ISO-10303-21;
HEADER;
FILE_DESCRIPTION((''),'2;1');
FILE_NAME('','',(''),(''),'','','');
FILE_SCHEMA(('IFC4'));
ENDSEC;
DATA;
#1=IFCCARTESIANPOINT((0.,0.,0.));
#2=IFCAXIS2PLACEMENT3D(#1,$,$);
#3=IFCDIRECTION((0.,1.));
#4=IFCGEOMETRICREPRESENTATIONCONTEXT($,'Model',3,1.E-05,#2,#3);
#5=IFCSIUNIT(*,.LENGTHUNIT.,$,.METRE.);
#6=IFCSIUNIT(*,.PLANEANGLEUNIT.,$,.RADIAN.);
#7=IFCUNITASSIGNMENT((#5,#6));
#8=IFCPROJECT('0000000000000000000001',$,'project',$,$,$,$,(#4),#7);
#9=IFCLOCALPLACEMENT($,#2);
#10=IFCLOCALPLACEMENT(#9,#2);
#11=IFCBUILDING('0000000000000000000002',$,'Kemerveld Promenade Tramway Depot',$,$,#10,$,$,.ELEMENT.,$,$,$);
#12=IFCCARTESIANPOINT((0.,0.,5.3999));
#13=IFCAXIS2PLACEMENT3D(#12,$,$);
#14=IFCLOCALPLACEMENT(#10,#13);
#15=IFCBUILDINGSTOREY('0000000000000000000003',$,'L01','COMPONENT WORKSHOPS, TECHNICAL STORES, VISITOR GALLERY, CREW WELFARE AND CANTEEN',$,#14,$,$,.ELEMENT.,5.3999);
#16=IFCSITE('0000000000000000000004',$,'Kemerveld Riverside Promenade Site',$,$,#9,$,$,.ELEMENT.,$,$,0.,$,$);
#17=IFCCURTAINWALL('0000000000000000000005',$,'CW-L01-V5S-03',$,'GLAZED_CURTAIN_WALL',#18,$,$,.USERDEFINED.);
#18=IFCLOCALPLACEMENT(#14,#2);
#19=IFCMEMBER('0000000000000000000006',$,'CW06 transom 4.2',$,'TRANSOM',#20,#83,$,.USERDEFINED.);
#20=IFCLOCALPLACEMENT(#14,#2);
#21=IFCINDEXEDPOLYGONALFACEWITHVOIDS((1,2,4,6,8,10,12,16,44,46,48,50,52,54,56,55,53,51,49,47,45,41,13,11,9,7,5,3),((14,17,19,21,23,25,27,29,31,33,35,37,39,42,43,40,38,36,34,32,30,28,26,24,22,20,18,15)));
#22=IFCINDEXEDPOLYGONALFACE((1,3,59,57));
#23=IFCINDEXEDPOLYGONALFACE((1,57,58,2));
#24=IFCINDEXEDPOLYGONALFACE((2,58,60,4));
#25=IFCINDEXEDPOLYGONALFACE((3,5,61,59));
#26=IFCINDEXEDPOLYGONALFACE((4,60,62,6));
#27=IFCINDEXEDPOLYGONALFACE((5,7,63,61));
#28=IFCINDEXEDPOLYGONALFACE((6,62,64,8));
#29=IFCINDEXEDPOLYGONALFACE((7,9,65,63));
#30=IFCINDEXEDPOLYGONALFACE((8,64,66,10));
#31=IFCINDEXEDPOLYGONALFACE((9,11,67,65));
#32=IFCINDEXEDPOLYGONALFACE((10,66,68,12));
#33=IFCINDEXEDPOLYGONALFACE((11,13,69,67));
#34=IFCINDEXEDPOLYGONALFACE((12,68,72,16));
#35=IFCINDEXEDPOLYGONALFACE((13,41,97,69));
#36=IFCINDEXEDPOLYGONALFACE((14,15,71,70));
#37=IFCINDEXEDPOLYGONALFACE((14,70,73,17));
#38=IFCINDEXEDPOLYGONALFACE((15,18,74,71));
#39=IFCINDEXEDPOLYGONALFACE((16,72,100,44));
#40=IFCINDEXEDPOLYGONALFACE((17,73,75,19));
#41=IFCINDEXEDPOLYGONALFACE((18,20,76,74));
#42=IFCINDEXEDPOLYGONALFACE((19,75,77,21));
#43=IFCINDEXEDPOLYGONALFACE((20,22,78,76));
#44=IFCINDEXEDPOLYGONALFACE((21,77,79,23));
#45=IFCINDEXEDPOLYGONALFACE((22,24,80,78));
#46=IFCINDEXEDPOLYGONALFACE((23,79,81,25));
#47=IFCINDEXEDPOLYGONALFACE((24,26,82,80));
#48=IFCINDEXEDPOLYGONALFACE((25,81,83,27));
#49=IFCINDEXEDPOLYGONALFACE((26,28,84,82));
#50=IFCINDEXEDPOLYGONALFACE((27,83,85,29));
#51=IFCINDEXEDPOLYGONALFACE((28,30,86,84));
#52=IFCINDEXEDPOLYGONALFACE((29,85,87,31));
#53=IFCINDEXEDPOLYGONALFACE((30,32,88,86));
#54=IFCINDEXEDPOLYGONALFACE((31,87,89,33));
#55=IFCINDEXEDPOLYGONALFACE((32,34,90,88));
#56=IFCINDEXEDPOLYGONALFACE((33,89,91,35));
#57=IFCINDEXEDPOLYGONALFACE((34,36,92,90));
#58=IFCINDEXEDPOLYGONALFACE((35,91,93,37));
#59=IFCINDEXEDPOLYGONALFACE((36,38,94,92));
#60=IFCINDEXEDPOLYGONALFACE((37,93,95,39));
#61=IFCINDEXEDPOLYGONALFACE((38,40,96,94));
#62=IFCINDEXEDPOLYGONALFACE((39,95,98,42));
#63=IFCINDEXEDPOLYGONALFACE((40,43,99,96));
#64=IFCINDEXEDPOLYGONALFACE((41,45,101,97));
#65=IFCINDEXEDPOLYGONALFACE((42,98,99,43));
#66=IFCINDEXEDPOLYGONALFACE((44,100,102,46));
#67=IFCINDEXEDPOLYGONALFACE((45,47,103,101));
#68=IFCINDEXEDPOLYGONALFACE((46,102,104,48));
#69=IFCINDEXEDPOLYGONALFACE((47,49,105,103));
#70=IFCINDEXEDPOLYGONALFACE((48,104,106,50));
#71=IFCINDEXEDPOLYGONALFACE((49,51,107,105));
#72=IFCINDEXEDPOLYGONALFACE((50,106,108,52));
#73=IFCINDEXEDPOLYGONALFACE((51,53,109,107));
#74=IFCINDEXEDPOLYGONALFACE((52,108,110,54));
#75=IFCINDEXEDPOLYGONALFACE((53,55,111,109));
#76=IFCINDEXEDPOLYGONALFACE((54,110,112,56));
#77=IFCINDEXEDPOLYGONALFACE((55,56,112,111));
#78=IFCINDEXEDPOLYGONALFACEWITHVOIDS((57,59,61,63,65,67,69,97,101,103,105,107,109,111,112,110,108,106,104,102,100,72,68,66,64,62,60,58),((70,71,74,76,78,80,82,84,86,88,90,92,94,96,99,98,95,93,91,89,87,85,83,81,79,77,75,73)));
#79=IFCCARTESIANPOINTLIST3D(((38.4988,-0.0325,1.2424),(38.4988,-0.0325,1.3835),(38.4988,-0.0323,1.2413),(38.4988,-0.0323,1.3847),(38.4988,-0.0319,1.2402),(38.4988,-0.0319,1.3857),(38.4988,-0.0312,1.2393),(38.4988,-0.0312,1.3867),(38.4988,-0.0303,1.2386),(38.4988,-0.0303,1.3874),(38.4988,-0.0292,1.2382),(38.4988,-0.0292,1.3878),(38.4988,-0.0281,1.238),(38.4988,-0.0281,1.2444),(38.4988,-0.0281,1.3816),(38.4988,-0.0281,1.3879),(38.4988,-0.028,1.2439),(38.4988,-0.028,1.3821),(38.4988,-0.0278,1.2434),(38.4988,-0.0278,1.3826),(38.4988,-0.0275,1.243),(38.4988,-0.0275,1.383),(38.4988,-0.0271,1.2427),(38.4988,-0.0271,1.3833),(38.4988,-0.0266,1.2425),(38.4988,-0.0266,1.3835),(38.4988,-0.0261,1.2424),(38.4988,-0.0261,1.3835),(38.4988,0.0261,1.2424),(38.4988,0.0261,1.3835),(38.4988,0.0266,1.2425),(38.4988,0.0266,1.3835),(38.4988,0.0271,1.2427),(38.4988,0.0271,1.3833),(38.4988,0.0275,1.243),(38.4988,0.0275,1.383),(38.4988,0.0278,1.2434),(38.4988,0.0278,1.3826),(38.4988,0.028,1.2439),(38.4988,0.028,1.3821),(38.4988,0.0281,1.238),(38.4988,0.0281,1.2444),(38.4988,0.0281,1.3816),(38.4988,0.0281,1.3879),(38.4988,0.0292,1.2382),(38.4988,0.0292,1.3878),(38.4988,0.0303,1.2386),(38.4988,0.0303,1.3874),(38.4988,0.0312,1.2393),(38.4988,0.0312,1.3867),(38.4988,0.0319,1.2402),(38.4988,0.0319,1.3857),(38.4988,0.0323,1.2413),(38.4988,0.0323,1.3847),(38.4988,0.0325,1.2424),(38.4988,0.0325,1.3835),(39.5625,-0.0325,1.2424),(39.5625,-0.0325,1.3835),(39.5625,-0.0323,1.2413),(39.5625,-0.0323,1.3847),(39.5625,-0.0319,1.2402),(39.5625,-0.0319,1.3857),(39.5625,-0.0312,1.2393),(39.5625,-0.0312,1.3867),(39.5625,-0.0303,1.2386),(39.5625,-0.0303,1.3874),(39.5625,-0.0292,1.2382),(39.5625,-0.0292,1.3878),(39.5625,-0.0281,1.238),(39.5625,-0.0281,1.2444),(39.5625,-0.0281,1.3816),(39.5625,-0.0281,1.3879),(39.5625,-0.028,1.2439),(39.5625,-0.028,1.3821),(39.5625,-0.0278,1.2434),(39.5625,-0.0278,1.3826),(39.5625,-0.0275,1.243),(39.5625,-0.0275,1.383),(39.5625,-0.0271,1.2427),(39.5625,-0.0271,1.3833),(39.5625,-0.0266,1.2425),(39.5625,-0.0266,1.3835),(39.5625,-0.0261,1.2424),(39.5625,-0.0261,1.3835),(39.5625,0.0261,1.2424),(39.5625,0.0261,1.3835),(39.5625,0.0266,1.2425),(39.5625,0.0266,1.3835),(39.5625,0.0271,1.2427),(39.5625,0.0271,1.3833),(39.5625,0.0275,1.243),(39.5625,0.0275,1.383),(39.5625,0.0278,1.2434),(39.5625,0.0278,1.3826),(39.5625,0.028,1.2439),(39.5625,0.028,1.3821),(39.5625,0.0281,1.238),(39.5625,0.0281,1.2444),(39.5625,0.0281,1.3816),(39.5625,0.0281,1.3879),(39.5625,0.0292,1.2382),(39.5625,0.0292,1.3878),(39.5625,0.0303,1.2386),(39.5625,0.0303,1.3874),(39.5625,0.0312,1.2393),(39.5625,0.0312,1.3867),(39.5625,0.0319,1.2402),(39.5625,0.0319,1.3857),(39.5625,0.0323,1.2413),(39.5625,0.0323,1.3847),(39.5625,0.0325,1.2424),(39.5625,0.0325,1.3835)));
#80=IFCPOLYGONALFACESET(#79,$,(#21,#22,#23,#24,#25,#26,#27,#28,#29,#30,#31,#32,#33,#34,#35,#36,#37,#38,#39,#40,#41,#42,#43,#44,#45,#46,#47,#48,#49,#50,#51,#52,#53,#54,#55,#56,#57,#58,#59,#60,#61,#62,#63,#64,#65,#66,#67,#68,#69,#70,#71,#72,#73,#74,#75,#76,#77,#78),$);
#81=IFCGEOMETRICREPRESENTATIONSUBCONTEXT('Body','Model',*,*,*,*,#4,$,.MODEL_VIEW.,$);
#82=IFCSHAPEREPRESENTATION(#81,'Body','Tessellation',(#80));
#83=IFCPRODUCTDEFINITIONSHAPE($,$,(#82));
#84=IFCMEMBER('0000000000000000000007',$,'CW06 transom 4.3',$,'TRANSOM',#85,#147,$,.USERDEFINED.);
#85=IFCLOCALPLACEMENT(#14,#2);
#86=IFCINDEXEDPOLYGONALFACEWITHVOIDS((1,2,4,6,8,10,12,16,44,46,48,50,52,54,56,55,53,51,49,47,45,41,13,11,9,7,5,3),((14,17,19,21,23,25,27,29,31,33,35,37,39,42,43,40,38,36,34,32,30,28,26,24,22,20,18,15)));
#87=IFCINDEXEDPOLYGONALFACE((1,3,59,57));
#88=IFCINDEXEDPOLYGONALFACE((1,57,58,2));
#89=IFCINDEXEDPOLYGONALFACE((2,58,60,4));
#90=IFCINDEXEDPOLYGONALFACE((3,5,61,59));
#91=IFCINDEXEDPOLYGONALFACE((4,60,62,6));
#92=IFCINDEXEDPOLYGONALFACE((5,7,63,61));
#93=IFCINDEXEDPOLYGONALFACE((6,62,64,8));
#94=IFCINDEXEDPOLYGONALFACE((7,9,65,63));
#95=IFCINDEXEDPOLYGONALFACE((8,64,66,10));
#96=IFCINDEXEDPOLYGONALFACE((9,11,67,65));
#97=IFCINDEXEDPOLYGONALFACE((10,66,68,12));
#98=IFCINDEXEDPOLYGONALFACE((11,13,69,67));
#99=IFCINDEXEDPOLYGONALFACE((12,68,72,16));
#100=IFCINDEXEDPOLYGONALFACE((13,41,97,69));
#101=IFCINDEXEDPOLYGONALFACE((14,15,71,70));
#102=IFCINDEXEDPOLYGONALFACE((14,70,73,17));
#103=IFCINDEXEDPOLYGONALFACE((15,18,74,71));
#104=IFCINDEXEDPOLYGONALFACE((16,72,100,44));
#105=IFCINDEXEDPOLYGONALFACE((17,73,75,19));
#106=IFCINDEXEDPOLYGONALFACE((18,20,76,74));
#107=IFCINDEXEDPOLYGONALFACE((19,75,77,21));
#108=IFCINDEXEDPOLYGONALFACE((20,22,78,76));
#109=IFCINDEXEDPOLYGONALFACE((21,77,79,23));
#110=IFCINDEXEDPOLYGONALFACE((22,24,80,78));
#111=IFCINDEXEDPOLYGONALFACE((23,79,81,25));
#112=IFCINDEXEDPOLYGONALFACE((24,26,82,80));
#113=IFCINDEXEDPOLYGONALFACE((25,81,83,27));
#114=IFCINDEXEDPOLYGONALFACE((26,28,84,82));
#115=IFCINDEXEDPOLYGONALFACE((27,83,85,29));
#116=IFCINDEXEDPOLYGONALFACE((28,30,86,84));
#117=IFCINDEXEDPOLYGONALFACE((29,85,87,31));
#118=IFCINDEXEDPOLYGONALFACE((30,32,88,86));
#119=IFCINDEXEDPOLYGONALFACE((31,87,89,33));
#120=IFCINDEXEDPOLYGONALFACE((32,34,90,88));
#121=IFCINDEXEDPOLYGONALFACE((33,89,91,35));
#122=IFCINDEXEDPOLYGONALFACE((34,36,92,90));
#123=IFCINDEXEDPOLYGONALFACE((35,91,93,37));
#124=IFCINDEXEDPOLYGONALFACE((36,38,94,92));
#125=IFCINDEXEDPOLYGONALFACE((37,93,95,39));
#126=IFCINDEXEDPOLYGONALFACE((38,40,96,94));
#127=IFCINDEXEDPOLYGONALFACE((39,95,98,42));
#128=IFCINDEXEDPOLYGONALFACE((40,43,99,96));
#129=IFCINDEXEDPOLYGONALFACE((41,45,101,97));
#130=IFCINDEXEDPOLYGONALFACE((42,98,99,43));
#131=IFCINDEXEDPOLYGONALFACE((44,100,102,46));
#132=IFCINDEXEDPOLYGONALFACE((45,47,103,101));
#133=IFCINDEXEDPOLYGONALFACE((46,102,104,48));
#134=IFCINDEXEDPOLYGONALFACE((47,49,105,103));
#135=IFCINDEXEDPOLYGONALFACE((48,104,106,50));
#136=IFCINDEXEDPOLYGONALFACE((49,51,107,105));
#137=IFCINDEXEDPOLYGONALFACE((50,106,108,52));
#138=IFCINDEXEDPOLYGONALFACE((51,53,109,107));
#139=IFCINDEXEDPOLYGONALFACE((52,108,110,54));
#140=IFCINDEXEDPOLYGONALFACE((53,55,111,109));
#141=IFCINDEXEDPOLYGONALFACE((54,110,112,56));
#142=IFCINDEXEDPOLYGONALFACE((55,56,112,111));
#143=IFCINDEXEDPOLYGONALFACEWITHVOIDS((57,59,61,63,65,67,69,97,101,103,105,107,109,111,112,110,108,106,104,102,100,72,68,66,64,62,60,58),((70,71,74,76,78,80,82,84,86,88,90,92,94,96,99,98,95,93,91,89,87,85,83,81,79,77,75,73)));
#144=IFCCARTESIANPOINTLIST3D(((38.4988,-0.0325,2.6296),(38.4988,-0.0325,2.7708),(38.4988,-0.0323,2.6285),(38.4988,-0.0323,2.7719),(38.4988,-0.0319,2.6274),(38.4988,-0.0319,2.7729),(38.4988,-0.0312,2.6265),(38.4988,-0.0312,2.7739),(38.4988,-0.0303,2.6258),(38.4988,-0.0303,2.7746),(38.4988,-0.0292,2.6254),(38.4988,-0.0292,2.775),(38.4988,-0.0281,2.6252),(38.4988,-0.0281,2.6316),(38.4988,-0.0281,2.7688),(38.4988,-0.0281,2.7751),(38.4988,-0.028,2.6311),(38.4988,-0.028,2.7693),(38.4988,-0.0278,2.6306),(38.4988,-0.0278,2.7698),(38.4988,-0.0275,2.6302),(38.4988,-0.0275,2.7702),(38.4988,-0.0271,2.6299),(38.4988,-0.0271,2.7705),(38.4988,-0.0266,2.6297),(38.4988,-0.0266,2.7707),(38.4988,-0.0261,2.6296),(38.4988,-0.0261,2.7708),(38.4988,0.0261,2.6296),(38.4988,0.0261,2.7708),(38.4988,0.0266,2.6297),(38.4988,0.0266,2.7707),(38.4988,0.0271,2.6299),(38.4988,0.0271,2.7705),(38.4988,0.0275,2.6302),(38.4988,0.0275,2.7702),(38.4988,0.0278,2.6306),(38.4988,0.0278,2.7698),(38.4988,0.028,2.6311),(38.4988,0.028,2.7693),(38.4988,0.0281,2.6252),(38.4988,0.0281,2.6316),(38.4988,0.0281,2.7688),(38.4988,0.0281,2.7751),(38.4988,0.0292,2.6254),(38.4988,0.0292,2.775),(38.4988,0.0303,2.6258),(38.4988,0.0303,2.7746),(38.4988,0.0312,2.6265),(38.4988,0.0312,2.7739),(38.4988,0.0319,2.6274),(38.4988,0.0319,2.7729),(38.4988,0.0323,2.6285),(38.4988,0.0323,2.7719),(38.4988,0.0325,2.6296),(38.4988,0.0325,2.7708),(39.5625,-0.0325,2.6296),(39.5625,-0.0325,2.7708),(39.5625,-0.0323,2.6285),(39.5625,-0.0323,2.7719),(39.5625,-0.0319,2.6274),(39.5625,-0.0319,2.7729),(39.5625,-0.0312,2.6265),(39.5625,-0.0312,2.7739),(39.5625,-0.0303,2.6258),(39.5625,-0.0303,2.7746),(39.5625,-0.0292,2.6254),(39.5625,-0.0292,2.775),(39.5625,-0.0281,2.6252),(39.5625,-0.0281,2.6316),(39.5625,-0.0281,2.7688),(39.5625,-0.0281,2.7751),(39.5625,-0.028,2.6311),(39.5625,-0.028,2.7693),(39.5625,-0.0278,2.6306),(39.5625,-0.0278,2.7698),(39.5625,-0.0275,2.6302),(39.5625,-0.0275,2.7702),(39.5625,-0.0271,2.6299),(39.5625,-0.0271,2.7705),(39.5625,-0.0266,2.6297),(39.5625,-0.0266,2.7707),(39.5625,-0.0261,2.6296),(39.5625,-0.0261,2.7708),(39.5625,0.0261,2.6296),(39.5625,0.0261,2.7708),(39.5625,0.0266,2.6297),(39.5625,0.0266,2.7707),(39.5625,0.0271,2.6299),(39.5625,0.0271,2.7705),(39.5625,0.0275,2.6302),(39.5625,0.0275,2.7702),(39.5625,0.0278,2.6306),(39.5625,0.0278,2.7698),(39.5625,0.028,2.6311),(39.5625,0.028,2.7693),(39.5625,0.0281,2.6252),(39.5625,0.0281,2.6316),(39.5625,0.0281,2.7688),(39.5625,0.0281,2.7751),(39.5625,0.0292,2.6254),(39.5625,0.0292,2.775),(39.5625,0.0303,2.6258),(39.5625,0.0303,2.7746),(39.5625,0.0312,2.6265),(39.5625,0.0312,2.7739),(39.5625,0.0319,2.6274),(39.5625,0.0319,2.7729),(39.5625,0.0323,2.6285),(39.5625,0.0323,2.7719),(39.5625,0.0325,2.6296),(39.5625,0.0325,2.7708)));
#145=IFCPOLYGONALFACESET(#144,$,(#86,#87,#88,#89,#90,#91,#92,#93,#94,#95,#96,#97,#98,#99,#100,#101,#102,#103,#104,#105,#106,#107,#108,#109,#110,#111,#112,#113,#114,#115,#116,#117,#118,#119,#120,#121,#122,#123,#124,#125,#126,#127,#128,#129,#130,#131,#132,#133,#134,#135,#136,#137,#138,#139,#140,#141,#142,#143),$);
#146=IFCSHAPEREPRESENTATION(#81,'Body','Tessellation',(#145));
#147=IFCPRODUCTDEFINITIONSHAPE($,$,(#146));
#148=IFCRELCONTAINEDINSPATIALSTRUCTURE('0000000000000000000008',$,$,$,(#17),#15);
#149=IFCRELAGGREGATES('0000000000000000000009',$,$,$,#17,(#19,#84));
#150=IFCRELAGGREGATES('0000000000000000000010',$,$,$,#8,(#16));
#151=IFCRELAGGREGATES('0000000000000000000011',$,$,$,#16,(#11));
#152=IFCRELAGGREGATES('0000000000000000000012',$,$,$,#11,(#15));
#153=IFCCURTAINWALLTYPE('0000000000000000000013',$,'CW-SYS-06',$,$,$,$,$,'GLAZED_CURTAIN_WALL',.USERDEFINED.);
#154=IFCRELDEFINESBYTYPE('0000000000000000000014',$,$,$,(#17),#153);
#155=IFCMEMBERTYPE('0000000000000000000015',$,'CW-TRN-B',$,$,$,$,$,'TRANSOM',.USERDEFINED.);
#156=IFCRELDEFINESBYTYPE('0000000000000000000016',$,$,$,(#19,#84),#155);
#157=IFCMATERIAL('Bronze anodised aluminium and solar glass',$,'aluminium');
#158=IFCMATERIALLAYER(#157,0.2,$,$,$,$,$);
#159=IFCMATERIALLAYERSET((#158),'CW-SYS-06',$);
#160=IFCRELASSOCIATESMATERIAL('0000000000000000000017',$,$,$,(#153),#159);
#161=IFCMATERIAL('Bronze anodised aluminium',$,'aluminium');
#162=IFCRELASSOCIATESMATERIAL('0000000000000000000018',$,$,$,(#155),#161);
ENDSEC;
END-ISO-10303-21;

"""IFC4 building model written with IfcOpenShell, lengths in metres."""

from ifc_helpers import new_model, si_unit, direction, frame, origin, origin_2d, place, context, subcontext, project, spatial, hollow_rectangle, extrude, material, layer, layer_set, material_profile, profile_set, type_object, element, aggregate, save


model = new_model("IFC4")

# Units and contexts
model_context = context("Model", 3, precision=1e-05, world=origin(), true_north=direction((0.0, 1.0)))
body_context = subcontext(model_context, "Body", "Model", "MODEL_VIEW")
ifc_project = project(units=[si_unit("LENGTHUNIT", "METRE"), si_unit("PLANEANGLEUNIT", "RADIAN")], contexts=[model_context])

# Site, building, storey
site_placement = place(None, origin())
site = spatial("IfcSite", under=ifc_project, at=site_placement, Name="Kemerveld Riverside Promenade Site", CompositionType="ELEMENT", RefElevation=0.0)
building_placement = place(site_placement, origin())
building = spatial("IfcBuilding", under=site, at=building_placement, Name="Kemerveld Promenade Tramway Depot", CompositionType="ELEMENT")
storey_placement = place(building_placement, frame((0.0, 0.0, 5.3999)))
storey = spatial("IfcBuildingStorey", under=building, at=storey_placement, Name="L01", Description="COMPONENT WORKSHOPS, TECHNICAL STORES, VISITOR GALLERY, CREW WELFARE AND CANTEEN", CompositionType="ELEMENT", Elevation=5.3999)

# Curtain wall, members
ifc_material_1 = material(Name="Bronze anodised aluminium and solar glass", Category="aluminium")
ifc_layer_1 = layer(ifc_material_1, 0.2)
ifc_layer_set_1 = layer_set([ifc_layer_1], Name="CW-SYS-06")
curtain_wall_type = type_object("IfcCurtainWallType", Name="CW-SYS-06", ElementType="GLAZED_CURTAIN_WALL", PredefinedType="USERDEFINED", material=ifc_layer_set_1)
curtain_wall_placement = place(storey_placement, origin())
curtain_wall = element("IfcCurtainWall", 1, at=curtain_wall_placement, inside=storey, type_object=curtain_wall_type, Name="CW-L01-V5S-03", ObjectType="GLAZED_CURTAIN_WALL", PredefinedType="USERDEFINED")
ifc_material_2 = material(Name="Bronze anodised aluminium", Category="aluminium")
ifc_material_profile_1 = material_profile(ifc_material_2, hollow_rectangle(XDim=0.0649, YDim=0.1499, WallThickness=0.0044, InnerFilletRadius=0.002, OuterFilletRadius=0.0044, at=origin_2d()), Name="CW-TRN-150x65")
ifc_profile_set_1 = profile_set([ifc_material_profile_1], Name="Bronze anodised aluminium")
member_type_1 = type_object("IfcMemberType", Name="CW-TRN-B", ElementType="TRANSOM", PredefinedType="USERDEFINED", material=ifc_profile_set_1)
member_1_placement = place(storey_placement, frame((39.5625, 0.0, 1.313), z_axis=(-1.0, 0.0, 0.0), x_axis=(0.0, -1.0, 0.0)))
member_1 = element("IfcMember", 2, at=member_1_placement, type_object=member_type_1, Name="CW06 transom 4.2", ObjectType="TRANSOM", PredefinedType="USERDEFINED", context=body_context, shape_type="SweptSolid", body=[
    extrude(hollow_rectangle(XDim=0.0649, YDim=0.1499, WallThickness=0.0044, InnerFilletRadius=0.002, OuterFilletRadius=0.0044, at=origin_2d()), origin(), (0.0, 0.0, 1.0), 1.0637),
])
member_2_placement = place(storey_placement, frame((39.5625, 0.0, 2.7002), z_axis=(-1.0, 0.0, 0.0), x_axis=(0.0, -1.0, 0.0)))
member_2 = element("IfcMember", 3, at=member_2_placement, type_object=member_type_1, Name="CW06 transom 4.3", ObjectType="TRANSOM", PredefinedType="USERDEFINED", context=body_context, shape_type="SweptSolid", body=[
    extrude(hollow_rectangle(XDim=0.0649, YDim=0.1499, WallThickness=0.0044, InnerFilletRadius=0.002, OuterFilletRadius=0.0044, at=origin_2d()), origin(), (0.0, 0.0, 1.0), 1.0637),
])
aggregate(curtain_wall, [member_1, member_2])

save(model, "model.ifc")
